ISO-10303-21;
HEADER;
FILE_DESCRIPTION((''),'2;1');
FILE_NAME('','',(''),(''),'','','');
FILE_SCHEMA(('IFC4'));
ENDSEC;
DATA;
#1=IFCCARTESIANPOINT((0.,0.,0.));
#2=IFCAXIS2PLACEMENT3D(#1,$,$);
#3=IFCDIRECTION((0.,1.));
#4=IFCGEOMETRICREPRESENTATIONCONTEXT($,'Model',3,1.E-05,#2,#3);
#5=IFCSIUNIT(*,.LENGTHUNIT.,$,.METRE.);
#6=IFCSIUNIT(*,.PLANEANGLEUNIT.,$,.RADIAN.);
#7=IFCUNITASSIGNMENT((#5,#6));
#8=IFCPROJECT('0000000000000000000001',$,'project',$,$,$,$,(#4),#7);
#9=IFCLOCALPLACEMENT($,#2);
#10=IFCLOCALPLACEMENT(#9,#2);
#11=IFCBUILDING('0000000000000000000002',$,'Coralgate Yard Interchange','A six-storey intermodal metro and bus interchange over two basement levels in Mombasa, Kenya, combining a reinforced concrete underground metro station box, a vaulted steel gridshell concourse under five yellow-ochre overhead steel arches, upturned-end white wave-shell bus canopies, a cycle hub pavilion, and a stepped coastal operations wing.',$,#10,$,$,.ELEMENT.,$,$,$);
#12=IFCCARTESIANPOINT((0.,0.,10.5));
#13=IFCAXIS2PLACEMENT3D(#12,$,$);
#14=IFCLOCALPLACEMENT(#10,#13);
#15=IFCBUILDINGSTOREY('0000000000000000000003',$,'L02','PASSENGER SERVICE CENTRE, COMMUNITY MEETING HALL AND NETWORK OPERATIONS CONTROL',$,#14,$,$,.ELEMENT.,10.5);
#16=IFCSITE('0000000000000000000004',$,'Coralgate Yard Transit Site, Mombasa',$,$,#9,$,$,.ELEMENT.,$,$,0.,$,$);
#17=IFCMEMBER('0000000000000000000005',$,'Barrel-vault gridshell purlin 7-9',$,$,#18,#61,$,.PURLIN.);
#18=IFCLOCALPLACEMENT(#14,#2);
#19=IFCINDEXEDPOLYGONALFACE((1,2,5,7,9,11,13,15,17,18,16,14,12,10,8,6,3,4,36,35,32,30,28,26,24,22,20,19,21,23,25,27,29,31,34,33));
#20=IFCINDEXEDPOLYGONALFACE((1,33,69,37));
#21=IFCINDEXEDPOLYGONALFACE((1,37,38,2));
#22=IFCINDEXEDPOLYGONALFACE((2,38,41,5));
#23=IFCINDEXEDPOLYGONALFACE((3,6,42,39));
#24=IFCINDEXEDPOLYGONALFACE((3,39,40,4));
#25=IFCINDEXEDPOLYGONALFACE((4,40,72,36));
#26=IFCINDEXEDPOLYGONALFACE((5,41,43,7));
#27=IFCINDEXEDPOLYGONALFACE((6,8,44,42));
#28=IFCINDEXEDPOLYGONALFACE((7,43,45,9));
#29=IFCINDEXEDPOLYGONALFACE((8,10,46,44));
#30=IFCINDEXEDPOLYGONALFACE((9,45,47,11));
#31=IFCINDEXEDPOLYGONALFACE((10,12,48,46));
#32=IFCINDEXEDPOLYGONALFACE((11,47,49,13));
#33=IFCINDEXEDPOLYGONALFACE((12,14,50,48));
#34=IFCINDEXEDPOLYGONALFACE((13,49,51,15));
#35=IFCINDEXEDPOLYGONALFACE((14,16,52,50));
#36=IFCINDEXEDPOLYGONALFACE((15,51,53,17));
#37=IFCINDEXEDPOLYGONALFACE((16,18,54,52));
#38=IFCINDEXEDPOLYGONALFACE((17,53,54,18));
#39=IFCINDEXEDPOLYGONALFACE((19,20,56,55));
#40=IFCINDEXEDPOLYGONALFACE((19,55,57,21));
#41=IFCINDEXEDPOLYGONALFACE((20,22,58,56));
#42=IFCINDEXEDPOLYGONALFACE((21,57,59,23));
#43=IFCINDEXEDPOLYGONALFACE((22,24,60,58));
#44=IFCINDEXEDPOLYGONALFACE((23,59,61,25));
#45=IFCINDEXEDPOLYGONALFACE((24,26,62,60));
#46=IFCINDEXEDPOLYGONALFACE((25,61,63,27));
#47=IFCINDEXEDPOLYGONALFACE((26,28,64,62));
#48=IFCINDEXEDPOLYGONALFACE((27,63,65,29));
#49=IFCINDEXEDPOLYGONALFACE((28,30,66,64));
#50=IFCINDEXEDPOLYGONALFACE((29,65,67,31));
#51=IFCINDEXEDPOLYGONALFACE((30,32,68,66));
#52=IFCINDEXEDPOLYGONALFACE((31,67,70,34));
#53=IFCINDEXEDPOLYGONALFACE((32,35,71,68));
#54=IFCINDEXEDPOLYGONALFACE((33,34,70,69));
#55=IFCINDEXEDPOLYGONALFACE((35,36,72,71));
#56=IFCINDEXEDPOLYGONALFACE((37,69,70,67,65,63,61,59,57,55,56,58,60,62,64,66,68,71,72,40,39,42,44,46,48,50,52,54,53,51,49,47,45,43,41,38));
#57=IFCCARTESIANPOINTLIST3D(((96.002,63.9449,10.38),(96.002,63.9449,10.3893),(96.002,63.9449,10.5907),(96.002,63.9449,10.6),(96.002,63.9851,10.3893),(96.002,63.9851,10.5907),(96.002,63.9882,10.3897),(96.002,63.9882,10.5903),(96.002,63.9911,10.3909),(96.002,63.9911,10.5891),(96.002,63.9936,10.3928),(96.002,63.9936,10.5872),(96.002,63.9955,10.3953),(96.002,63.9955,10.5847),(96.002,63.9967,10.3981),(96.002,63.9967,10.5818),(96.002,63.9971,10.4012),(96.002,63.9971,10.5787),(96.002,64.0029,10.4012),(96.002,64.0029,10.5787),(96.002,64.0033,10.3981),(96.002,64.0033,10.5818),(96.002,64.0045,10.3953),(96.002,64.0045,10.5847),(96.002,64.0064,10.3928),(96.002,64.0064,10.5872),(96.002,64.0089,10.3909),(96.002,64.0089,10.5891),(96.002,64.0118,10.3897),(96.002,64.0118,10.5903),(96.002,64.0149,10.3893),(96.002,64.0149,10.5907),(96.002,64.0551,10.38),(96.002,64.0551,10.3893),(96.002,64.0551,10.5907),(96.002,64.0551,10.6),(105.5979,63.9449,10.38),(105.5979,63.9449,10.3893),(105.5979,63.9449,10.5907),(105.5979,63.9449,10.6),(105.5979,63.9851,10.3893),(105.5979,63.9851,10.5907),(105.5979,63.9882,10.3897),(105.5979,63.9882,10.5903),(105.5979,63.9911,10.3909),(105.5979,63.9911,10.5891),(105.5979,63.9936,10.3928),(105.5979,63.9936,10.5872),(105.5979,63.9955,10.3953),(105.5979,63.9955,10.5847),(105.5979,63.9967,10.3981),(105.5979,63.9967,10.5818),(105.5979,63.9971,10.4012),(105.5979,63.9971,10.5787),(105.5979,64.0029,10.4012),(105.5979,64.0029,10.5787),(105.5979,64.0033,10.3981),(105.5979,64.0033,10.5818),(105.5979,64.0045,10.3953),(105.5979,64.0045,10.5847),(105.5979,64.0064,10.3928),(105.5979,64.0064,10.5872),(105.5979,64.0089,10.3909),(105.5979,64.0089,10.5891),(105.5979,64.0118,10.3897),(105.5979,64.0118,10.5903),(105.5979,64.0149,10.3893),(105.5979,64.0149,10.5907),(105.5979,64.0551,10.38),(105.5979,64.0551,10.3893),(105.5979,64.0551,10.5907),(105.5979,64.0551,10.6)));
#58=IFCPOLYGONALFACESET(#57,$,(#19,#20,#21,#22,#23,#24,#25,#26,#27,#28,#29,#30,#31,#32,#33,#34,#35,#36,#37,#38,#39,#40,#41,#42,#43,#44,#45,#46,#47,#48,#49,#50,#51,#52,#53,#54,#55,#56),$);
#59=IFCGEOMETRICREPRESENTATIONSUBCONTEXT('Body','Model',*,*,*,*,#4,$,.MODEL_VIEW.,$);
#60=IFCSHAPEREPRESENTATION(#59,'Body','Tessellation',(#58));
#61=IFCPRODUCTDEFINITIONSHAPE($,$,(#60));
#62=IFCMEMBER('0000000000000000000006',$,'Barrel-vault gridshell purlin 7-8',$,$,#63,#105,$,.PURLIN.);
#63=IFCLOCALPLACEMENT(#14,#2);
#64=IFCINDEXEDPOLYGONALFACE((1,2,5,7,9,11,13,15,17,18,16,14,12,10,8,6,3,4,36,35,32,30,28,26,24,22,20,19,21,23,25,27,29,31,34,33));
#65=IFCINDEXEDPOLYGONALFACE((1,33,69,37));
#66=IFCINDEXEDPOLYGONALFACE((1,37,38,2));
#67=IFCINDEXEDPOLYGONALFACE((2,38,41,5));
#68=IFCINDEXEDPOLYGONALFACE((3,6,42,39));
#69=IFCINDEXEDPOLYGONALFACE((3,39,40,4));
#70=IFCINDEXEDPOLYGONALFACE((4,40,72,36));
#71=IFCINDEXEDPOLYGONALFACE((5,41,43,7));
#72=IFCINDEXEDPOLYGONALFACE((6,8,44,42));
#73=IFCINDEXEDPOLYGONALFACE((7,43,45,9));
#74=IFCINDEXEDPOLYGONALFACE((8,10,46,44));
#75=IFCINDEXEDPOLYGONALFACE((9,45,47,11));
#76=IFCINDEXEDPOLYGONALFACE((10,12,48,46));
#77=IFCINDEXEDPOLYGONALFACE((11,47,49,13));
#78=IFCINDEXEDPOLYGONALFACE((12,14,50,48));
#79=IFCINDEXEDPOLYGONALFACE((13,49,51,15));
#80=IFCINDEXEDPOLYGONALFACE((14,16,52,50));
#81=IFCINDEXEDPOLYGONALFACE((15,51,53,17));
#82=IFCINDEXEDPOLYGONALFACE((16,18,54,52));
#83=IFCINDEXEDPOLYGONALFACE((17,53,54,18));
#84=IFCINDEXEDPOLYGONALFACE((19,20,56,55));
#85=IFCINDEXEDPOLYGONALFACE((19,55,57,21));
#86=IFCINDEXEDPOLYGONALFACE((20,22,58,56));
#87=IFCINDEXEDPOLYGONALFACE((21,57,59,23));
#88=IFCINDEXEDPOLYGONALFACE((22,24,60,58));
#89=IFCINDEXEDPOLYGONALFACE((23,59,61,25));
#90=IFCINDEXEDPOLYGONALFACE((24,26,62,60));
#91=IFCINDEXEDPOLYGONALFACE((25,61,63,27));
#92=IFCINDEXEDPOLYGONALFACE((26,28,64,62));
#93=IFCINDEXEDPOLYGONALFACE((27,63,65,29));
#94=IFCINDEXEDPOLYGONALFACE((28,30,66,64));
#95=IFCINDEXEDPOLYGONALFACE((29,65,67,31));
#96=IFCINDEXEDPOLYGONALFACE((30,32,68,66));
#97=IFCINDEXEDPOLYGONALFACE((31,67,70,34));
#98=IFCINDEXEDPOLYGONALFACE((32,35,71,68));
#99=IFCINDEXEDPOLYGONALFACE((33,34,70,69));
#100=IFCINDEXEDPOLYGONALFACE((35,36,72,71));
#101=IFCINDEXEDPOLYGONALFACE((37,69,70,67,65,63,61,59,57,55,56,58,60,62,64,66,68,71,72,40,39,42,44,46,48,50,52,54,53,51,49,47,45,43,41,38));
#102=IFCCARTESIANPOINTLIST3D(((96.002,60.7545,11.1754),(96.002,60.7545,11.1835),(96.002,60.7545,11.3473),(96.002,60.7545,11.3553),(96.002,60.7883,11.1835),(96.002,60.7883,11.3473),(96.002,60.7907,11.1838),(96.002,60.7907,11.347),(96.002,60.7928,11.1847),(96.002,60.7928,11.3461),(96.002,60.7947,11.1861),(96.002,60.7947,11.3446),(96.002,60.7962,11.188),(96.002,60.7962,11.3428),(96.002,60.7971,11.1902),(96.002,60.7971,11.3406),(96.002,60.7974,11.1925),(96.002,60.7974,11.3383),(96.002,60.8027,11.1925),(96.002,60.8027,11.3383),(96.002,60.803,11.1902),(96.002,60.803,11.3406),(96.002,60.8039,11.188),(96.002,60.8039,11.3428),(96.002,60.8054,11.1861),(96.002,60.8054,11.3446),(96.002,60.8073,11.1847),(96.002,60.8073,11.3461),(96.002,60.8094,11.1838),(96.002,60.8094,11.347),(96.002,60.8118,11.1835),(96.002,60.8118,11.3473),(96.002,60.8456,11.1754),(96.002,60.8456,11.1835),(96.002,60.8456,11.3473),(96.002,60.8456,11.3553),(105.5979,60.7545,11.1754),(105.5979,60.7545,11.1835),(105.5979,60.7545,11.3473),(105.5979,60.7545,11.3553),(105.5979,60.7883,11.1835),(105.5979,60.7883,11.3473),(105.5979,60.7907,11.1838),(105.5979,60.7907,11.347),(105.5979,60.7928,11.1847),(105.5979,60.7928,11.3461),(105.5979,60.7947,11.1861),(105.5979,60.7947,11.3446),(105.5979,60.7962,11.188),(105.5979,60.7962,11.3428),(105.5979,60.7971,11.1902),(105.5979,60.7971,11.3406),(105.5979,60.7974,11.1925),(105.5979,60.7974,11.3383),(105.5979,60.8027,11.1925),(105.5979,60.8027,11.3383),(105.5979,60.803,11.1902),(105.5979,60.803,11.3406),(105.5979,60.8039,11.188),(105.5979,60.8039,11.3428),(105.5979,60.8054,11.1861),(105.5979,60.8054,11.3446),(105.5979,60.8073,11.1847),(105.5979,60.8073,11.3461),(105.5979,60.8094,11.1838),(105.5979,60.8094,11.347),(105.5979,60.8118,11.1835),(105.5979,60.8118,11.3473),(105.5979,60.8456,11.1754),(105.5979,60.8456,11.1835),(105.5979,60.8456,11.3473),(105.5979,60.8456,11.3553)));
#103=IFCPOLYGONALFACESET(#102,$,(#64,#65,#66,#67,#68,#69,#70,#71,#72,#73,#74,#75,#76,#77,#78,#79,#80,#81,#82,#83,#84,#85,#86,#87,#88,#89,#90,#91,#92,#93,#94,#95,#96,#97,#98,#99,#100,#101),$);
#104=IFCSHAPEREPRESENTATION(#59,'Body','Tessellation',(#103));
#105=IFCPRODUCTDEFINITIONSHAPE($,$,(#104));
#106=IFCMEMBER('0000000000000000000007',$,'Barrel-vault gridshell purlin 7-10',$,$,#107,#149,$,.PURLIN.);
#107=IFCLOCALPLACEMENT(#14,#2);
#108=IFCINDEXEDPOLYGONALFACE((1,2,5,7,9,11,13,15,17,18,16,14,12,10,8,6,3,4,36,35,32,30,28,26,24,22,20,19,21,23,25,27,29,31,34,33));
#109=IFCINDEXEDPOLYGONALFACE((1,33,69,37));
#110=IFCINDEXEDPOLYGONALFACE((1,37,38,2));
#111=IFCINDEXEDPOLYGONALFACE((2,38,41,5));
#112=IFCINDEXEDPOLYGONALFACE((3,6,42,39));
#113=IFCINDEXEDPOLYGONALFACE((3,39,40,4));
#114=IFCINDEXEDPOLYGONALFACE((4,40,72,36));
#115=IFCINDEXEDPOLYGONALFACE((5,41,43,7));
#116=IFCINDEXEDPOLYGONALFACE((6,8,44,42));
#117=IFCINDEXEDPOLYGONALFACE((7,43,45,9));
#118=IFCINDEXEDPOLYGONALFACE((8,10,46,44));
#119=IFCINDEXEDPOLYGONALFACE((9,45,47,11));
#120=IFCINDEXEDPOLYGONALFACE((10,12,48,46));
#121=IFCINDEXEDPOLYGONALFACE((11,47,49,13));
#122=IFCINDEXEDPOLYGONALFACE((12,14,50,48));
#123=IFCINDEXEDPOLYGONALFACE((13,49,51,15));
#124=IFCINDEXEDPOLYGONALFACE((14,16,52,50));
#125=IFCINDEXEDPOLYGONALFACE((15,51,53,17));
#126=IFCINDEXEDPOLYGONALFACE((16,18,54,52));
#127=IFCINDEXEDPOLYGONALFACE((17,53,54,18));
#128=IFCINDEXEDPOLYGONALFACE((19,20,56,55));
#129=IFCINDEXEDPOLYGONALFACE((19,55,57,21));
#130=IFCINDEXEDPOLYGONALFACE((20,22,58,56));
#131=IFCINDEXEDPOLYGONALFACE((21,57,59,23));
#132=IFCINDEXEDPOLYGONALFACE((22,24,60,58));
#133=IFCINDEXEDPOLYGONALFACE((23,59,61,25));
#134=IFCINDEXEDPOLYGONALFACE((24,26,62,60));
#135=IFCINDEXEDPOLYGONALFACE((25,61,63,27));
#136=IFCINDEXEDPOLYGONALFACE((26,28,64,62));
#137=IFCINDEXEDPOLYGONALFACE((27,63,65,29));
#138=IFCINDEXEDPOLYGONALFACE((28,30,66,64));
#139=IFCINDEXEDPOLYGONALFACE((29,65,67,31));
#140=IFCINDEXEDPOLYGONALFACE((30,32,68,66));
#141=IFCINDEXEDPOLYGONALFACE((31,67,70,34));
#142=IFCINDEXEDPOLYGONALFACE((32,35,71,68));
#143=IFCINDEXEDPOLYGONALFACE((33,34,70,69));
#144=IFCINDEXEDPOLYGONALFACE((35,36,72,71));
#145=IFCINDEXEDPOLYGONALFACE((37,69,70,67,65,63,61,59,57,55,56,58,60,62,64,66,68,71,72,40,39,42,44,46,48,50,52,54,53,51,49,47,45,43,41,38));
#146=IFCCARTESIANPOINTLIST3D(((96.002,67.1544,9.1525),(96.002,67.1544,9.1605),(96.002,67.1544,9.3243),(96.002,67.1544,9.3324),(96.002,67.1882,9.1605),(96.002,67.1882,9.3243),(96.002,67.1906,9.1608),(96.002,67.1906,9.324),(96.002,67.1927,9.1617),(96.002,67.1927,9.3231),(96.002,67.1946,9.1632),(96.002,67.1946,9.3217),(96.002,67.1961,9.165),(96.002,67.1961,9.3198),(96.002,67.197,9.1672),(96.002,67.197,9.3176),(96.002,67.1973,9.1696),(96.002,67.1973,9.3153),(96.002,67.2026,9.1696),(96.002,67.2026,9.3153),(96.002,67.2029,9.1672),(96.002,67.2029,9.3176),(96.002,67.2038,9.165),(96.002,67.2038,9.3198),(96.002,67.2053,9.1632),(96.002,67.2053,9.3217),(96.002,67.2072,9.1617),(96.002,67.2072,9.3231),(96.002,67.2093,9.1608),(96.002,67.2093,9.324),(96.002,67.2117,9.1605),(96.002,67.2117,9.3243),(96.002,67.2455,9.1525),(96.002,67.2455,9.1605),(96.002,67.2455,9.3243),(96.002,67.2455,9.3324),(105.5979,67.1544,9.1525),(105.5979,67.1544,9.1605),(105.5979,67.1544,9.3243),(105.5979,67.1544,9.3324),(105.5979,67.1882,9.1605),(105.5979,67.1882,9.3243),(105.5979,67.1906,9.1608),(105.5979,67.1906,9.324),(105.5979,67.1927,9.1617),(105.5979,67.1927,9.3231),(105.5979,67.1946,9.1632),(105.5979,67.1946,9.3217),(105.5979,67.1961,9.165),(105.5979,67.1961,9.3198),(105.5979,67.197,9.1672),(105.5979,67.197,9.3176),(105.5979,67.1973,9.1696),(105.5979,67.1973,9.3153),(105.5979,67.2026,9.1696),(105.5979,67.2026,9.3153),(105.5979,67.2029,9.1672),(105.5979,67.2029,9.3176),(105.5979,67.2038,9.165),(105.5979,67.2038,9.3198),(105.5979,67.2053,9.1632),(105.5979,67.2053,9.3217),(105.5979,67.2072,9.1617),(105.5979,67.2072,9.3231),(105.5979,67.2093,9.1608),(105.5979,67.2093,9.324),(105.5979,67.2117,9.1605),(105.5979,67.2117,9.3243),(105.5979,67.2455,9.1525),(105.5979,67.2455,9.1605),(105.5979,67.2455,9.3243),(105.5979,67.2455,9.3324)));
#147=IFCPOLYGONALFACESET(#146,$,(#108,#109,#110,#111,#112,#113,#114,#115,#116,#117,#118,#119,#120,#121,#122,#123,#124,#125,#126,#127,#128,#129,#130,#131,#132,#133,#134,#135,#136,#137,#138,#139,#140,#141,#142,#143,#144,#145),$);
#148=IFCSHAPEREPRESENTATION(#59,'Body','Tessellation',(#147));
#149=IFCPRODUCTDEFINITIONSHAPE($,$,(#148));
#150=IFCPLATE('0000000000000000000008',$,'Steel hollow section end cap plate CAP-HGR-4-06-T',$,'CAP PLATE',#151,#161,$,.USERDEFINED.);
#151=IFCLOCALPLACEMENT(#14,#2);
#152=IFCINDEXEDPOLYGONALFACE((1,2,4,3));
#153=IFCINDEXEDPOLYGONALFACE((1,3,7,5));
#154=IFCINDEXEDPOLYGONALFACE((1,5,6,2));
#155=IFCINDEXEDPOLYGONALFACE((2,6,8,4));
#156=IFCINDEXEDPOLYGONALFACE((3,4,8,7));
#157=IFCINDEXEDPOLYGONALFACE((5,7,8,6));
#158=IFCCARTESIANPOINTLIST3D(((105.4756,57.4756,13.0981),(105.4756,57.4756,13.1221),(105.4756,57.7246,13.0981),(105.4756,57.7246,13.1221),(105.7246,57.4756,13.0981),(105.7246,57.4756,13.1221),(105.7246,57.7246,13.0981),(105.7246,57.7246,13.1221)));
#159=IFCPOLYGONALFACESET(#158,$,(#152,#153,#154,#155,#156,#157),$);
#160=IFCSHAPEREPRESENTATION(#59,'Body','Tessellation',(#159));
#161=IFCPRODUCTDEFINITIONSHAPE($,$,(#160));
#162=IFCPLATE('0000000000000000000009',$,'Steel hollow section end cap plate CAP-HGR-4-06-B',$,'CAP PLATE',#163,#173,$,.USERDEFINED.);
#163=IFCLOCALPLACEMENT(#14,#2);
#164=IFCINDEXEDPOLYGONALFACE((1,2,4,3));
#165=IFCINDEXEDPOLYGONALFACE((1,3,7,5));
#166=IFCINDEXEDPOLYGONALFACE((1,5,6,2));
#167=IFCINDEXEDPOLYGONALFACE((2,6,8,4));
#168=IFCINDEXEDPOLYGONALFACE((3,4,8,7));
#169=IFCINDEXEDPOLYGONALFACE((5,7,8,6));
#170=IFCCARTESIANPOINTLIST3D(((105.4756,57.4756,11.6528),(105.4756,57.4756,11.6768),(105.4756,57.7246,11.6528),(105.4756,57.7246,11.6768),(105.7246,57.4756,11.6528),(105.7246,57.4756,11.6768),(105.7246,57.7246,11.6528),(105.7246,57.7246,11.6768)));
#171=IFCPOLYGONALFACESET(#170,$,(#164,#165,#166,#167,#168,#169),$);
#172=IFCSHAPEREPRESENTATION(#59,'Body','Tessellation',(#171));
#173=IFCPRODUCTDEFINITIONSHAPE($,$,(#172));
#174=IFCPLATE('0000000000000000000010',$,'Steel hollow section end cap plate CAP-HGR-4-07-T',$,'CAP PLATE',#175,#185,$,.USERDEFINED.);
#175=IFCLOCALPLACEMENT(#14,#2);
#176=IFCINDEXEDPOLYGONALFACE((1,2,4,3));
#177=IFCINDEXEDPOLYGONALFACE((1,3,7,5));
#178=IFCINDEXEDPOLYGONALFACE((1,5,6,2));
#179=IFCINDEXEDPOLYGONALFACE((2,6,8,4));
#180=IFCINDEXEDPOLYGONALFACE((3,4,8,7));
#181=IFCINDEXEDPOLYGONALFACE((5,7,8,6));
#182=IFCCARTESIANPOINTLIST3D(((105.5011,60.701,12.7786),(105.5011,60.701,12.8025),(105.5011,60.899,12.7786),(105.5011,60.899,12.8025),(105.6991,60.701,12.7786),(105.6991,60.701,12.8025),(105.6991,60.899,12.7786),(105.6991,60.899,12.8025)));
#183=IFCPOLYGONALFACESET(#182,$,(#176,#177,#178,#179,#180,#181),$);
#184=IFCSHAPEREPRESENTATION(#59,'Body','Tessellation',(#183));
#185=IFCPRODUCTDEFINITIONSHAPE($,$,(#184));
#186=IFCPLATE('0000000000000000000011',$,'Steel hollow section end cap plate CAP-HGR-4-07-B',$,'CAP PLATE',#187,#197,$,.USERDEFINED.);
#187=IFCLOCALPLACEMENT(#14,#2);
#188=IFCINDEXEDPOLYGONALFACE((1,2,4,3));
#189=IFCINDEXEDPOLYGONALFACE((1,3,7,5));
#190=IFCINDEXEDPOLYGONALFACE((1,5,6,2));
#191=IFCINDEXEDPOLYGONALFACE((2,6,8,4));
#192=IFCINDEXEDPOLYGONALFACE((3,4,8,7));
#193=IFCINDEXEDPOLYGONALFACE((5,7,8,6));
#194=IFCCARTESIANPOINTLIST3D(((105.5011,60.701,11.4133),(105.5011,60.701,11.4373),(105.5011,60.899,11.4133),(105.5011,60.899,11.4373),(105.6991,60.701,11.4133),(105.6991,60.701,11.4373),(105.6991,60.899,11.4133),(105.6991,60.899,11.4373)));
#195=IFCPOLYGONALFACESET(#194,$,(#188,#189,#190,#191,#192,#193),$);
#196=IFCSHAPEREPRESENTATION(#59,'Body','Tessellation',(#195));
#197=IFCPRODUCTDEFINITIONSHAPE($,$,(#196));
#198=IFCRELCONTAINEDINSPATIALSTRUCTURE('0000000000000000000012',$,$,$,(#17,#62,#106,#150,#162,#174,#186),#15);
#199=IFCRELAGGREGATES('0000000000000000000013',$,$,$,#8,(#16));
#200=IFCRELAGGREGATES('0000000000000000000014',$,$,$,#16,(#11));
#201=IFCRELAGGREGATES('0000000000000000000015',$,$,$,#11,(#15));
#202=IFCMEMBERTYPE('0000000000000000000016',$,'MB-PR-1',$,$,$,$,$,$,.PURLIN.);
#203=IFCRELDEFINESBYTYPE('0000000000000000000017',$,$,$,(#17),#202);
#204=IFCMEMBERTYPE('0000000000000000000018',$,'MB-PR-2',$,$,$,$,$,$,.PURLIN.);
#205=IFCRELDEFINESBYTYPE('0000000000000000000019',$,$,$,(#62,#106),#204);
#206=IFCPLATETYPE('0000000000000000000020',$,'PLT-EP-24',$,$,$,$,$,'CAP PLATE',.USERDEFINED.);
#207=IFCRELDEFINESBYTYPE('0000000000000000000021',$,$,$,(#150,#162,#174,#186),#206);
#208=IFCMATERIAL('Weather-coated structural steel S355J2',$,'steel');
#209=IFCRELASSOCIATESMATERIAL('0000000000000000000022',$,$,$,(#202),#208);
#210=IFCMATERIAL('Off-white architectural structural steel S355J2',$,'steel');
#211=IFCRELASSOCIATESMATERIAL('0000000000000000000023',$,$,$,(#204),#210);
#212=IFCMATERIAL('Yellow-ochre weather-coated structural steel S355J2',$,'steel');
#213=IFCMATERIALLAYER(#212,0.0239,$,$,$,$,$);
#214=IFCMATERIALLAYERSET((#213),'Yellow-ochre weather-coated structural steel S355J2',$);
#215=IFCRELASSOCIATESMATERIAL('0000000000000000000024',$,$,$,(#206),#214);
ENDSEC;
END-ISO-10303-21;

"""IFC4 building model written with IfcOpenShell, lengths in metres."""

from ifc_helpers import new_model, si_unit, direction, frame, origin, origin_2d, place, context, subcontext, project, spatial, rectangle, i_section, extrude, material, layer, layer_set, material_profile, profile_set, type_object, element, save


model = new_model("IFC4")

# Units and contexts
model_context = context("Model", 3, precision=1e-05, world=origin(), true_north=direction((0.0, 1.0)))
body_context = subcontext(model_context, "Body", "Model", "MODEL_VIEW")
ifc_project = project(units=[si_unit("LENGTHUNIT", "METRE"), si_unit("PLANEANGLEUNIT", "RADIAN")], contexts=[model_context])

# Site, building, storey
site_placement = place(None, origin())
site = spatial("IfcSite", under=ifc_project, at=site_placement, Name="Coralgate Yard Transit Site, Mombasa", CompositionType="ELEMENT", RefElevation=0.0)
building_placement = place(site_placement, origin())
building = spatial("IfcBuilding", under=site, at=building_placement, Name="Coralgate Yard Interchange", Description="A six-storey intermodal metro and bus interchange over two basement levels in Mombasa, Kenya, combining a reinforced concrete underground metro station box, a vaulted steel gridshell concourse under five yellow-ochre overhead steel arches, upturned-end white wave-shell bus canopies, a cycle hub pavilion, and a stepped coastal operations wing.", CompositionType="ELEMENT")
storey_placement = place(building_placement, frame((0.0, 0.0, 10.5)))
storey = spatial("IfcBuildingStorey", under=building, at=storey_placement, Name="L02", Description="PASSENGER SERVICE CENTRE, COMMUNITY MEETING HALL AND NETWORK OPERATIONS CONTROL", CompositionType="ELEMENT", Elevation=10.5)

# Shared definitions
ifc_material_1 = material(Name="Yellow-ochre weather-coated structural steel S355J2", Category="steel")
ifc_material_2 = material(Name="Weather-coated structural steel S355J2", Category="steel")

# Members
ifc_material_profile_1 = material_profile(ifc_material_2, i_section(OverallWidth=0.1101, OverallDepth=0.22, WebThickness=0.0059, FlangeThickness=0.0093, FilletRadius=0.012, at=origin_2d()), Name="IPE 220")
ifc_profile_set_1 = profile_set([ifc_material_profile_1], Name="Weather-coated structural steel S355J2")
member_type_1 = type_object("IfcMemberType", Name="MB-PR-1", PredefinedType="PURLIN", material=ifc_profile_set_1)
for number, where, z_axis, x_axis, name in (
    (1, (96.002, 64.0, 10.49), (1.0, 0.0, 0.0), (0.0, 1.0, 0.0), "Barrel-vault gridshell purlin 7-9"),
):
    element("IfcMember", number, at=place(storey_placement, frame(where, z_axis=z_axis, x_axis=x_axis)), inside=storey, type_object=member_type_1, Name=name, PredefinedType="PURLIN", context=body_context, shape_type="SweptSolid", body=[
        extrude(i_section(OverallWidth=0.1101, OverallDepth=0.22, WebThickness=0.0059, FlangeThickness=0.0093, FilletRadius=0.012, at=origin_2d()), origin(), (0.0, 0.0, 1.0), 9.5959),
    ])
ifc_material_3 = material(Name="Off-white architectural structural steel S355J2", Category="steel")
ifc_material_profile_2 = material_profile(ifc_material_3, i_section(OverallWidth=0.0911, OverallDepth=0.1799, WebThickness=0.0054, FlangeThickness=0.0081, FilletRadius=0.009, at=origin_2d()), Name="IPE 180")
ifc_profile_set_2 = profile_set([ifc_material_profile_2], Name="Off-white architectural structural steel S355J2")
member_type_2 = type_object("IfcMemberType", Name="MB-PR-2", PredefinedType="PURLIN", material=ifc_profile_set_2)
for number, where, z_axis, x_axis, name in (
    (2, (96.002, 60.8, 11.2654), (1.0, 0.0, 0.0), (0.0, 1.0, 0.0), "Barrel-vault gridshell purlin 7-8"),
    (3, (96.002, 67.2, 9.2424), (1.0, 0.0, 0.0), (0.0, 1.0, 0.0), "Barrel-vault gridshell purlin 7-10"),
):
    element("IfcMember", number, at=place(storey_placement, frame(where, z_axis=z_axis, x_axis=x_axis)), inside=storey, type_object=member_type_2, Name=name, PredefinedType="PURLIN", context=body_context, shape_type="SweptSolid", body=[
        extrude(i_section(OverallWidth=0.0911, OverallDepth=0.1799, WebThickness=0.0054, FlangeThickness=0.0081, FilletRadius=0.009, at=origin_2d()), origin(), (0.0, 0.0, 1.0), 9.5959),
    ])

# Plates
ifc_layer_1 = layer(ifc_material_1, 0.0239)
ifc_layer_set_1 = layer_set([ifc_layer_1], Name="Yellow-ochre weather-coated structural steel S355J2")
plate_type_1 = type_object("IfcPlateType", Name="PLT-EP-24", ElementType="CAP PLATE", PredefinedType="USERDEFINED", material=ifc_layer_set_1)
for number, where, z_axis, x_axis, name in (
    (4, (105.6001, 57.6001, 13.0981), (0.0, 0.0, 1.0), (1.0, 0.0, 0.0), "Steel hollow section end cap plate CAP-HGR-4-06-T"),
    (5, (105.6001, 57.6001, 11.6768), (0.0, 0.0, -1.0), (1.0, 0.0, 0.0), "Steel hollow section end cap plate CAP-HGR-4-06-B"),
):
    element("IfcPlate", number, at=place(storey_placement, frame(where, z_axis=z_axis, x_axis=x_axis)), inside=storey, type_object=plate_type_1, Name=name, ObjectType="CAP PLATE", PredefinedType="USERDEFINED", context=body_context, shape_type="SweptSolid", body=[
        extrude(rectangle(XDim=0.249, YDim=0.249, at=origin_2d()), origin(), (0.0, 0.0, 1.0), 0.0239),
    ])
for number, where, z_axis, x_axis, name in (
    (6, (105.6001, 60.8, 12.7786), (0.0, 0.0, 1.0), (1.0, 0.0, 0.0), "Steel hollow section end cap plate CAP-HGR-4-07-T"),
    (7, (105.6001, 60.8, 11.4373), (0.0, 0.0, -1.0), (1.0, 0.0, 0.0), "Steel hollow section end cap plate CAP-HGR-4-07-B"),
):
    element("IfcPlate", number, at=place(storey_placement, frame(where, z_axis=z_axis, x_axis=x_axis)), inside=storey, type_object=plate_type_1, Name=name, ObjectType="CAP PLATE", PredefinedType="USERDEFINED", context=body_context, shape_type="SweptSolid", body=[
        extrude(rectangle(XDim=0.198, YDim=0.198, at=origin_2d()), origin(), (0.0, 0.0, 1.0), 0.0239),
    ])

save(model, "model.ifc")
